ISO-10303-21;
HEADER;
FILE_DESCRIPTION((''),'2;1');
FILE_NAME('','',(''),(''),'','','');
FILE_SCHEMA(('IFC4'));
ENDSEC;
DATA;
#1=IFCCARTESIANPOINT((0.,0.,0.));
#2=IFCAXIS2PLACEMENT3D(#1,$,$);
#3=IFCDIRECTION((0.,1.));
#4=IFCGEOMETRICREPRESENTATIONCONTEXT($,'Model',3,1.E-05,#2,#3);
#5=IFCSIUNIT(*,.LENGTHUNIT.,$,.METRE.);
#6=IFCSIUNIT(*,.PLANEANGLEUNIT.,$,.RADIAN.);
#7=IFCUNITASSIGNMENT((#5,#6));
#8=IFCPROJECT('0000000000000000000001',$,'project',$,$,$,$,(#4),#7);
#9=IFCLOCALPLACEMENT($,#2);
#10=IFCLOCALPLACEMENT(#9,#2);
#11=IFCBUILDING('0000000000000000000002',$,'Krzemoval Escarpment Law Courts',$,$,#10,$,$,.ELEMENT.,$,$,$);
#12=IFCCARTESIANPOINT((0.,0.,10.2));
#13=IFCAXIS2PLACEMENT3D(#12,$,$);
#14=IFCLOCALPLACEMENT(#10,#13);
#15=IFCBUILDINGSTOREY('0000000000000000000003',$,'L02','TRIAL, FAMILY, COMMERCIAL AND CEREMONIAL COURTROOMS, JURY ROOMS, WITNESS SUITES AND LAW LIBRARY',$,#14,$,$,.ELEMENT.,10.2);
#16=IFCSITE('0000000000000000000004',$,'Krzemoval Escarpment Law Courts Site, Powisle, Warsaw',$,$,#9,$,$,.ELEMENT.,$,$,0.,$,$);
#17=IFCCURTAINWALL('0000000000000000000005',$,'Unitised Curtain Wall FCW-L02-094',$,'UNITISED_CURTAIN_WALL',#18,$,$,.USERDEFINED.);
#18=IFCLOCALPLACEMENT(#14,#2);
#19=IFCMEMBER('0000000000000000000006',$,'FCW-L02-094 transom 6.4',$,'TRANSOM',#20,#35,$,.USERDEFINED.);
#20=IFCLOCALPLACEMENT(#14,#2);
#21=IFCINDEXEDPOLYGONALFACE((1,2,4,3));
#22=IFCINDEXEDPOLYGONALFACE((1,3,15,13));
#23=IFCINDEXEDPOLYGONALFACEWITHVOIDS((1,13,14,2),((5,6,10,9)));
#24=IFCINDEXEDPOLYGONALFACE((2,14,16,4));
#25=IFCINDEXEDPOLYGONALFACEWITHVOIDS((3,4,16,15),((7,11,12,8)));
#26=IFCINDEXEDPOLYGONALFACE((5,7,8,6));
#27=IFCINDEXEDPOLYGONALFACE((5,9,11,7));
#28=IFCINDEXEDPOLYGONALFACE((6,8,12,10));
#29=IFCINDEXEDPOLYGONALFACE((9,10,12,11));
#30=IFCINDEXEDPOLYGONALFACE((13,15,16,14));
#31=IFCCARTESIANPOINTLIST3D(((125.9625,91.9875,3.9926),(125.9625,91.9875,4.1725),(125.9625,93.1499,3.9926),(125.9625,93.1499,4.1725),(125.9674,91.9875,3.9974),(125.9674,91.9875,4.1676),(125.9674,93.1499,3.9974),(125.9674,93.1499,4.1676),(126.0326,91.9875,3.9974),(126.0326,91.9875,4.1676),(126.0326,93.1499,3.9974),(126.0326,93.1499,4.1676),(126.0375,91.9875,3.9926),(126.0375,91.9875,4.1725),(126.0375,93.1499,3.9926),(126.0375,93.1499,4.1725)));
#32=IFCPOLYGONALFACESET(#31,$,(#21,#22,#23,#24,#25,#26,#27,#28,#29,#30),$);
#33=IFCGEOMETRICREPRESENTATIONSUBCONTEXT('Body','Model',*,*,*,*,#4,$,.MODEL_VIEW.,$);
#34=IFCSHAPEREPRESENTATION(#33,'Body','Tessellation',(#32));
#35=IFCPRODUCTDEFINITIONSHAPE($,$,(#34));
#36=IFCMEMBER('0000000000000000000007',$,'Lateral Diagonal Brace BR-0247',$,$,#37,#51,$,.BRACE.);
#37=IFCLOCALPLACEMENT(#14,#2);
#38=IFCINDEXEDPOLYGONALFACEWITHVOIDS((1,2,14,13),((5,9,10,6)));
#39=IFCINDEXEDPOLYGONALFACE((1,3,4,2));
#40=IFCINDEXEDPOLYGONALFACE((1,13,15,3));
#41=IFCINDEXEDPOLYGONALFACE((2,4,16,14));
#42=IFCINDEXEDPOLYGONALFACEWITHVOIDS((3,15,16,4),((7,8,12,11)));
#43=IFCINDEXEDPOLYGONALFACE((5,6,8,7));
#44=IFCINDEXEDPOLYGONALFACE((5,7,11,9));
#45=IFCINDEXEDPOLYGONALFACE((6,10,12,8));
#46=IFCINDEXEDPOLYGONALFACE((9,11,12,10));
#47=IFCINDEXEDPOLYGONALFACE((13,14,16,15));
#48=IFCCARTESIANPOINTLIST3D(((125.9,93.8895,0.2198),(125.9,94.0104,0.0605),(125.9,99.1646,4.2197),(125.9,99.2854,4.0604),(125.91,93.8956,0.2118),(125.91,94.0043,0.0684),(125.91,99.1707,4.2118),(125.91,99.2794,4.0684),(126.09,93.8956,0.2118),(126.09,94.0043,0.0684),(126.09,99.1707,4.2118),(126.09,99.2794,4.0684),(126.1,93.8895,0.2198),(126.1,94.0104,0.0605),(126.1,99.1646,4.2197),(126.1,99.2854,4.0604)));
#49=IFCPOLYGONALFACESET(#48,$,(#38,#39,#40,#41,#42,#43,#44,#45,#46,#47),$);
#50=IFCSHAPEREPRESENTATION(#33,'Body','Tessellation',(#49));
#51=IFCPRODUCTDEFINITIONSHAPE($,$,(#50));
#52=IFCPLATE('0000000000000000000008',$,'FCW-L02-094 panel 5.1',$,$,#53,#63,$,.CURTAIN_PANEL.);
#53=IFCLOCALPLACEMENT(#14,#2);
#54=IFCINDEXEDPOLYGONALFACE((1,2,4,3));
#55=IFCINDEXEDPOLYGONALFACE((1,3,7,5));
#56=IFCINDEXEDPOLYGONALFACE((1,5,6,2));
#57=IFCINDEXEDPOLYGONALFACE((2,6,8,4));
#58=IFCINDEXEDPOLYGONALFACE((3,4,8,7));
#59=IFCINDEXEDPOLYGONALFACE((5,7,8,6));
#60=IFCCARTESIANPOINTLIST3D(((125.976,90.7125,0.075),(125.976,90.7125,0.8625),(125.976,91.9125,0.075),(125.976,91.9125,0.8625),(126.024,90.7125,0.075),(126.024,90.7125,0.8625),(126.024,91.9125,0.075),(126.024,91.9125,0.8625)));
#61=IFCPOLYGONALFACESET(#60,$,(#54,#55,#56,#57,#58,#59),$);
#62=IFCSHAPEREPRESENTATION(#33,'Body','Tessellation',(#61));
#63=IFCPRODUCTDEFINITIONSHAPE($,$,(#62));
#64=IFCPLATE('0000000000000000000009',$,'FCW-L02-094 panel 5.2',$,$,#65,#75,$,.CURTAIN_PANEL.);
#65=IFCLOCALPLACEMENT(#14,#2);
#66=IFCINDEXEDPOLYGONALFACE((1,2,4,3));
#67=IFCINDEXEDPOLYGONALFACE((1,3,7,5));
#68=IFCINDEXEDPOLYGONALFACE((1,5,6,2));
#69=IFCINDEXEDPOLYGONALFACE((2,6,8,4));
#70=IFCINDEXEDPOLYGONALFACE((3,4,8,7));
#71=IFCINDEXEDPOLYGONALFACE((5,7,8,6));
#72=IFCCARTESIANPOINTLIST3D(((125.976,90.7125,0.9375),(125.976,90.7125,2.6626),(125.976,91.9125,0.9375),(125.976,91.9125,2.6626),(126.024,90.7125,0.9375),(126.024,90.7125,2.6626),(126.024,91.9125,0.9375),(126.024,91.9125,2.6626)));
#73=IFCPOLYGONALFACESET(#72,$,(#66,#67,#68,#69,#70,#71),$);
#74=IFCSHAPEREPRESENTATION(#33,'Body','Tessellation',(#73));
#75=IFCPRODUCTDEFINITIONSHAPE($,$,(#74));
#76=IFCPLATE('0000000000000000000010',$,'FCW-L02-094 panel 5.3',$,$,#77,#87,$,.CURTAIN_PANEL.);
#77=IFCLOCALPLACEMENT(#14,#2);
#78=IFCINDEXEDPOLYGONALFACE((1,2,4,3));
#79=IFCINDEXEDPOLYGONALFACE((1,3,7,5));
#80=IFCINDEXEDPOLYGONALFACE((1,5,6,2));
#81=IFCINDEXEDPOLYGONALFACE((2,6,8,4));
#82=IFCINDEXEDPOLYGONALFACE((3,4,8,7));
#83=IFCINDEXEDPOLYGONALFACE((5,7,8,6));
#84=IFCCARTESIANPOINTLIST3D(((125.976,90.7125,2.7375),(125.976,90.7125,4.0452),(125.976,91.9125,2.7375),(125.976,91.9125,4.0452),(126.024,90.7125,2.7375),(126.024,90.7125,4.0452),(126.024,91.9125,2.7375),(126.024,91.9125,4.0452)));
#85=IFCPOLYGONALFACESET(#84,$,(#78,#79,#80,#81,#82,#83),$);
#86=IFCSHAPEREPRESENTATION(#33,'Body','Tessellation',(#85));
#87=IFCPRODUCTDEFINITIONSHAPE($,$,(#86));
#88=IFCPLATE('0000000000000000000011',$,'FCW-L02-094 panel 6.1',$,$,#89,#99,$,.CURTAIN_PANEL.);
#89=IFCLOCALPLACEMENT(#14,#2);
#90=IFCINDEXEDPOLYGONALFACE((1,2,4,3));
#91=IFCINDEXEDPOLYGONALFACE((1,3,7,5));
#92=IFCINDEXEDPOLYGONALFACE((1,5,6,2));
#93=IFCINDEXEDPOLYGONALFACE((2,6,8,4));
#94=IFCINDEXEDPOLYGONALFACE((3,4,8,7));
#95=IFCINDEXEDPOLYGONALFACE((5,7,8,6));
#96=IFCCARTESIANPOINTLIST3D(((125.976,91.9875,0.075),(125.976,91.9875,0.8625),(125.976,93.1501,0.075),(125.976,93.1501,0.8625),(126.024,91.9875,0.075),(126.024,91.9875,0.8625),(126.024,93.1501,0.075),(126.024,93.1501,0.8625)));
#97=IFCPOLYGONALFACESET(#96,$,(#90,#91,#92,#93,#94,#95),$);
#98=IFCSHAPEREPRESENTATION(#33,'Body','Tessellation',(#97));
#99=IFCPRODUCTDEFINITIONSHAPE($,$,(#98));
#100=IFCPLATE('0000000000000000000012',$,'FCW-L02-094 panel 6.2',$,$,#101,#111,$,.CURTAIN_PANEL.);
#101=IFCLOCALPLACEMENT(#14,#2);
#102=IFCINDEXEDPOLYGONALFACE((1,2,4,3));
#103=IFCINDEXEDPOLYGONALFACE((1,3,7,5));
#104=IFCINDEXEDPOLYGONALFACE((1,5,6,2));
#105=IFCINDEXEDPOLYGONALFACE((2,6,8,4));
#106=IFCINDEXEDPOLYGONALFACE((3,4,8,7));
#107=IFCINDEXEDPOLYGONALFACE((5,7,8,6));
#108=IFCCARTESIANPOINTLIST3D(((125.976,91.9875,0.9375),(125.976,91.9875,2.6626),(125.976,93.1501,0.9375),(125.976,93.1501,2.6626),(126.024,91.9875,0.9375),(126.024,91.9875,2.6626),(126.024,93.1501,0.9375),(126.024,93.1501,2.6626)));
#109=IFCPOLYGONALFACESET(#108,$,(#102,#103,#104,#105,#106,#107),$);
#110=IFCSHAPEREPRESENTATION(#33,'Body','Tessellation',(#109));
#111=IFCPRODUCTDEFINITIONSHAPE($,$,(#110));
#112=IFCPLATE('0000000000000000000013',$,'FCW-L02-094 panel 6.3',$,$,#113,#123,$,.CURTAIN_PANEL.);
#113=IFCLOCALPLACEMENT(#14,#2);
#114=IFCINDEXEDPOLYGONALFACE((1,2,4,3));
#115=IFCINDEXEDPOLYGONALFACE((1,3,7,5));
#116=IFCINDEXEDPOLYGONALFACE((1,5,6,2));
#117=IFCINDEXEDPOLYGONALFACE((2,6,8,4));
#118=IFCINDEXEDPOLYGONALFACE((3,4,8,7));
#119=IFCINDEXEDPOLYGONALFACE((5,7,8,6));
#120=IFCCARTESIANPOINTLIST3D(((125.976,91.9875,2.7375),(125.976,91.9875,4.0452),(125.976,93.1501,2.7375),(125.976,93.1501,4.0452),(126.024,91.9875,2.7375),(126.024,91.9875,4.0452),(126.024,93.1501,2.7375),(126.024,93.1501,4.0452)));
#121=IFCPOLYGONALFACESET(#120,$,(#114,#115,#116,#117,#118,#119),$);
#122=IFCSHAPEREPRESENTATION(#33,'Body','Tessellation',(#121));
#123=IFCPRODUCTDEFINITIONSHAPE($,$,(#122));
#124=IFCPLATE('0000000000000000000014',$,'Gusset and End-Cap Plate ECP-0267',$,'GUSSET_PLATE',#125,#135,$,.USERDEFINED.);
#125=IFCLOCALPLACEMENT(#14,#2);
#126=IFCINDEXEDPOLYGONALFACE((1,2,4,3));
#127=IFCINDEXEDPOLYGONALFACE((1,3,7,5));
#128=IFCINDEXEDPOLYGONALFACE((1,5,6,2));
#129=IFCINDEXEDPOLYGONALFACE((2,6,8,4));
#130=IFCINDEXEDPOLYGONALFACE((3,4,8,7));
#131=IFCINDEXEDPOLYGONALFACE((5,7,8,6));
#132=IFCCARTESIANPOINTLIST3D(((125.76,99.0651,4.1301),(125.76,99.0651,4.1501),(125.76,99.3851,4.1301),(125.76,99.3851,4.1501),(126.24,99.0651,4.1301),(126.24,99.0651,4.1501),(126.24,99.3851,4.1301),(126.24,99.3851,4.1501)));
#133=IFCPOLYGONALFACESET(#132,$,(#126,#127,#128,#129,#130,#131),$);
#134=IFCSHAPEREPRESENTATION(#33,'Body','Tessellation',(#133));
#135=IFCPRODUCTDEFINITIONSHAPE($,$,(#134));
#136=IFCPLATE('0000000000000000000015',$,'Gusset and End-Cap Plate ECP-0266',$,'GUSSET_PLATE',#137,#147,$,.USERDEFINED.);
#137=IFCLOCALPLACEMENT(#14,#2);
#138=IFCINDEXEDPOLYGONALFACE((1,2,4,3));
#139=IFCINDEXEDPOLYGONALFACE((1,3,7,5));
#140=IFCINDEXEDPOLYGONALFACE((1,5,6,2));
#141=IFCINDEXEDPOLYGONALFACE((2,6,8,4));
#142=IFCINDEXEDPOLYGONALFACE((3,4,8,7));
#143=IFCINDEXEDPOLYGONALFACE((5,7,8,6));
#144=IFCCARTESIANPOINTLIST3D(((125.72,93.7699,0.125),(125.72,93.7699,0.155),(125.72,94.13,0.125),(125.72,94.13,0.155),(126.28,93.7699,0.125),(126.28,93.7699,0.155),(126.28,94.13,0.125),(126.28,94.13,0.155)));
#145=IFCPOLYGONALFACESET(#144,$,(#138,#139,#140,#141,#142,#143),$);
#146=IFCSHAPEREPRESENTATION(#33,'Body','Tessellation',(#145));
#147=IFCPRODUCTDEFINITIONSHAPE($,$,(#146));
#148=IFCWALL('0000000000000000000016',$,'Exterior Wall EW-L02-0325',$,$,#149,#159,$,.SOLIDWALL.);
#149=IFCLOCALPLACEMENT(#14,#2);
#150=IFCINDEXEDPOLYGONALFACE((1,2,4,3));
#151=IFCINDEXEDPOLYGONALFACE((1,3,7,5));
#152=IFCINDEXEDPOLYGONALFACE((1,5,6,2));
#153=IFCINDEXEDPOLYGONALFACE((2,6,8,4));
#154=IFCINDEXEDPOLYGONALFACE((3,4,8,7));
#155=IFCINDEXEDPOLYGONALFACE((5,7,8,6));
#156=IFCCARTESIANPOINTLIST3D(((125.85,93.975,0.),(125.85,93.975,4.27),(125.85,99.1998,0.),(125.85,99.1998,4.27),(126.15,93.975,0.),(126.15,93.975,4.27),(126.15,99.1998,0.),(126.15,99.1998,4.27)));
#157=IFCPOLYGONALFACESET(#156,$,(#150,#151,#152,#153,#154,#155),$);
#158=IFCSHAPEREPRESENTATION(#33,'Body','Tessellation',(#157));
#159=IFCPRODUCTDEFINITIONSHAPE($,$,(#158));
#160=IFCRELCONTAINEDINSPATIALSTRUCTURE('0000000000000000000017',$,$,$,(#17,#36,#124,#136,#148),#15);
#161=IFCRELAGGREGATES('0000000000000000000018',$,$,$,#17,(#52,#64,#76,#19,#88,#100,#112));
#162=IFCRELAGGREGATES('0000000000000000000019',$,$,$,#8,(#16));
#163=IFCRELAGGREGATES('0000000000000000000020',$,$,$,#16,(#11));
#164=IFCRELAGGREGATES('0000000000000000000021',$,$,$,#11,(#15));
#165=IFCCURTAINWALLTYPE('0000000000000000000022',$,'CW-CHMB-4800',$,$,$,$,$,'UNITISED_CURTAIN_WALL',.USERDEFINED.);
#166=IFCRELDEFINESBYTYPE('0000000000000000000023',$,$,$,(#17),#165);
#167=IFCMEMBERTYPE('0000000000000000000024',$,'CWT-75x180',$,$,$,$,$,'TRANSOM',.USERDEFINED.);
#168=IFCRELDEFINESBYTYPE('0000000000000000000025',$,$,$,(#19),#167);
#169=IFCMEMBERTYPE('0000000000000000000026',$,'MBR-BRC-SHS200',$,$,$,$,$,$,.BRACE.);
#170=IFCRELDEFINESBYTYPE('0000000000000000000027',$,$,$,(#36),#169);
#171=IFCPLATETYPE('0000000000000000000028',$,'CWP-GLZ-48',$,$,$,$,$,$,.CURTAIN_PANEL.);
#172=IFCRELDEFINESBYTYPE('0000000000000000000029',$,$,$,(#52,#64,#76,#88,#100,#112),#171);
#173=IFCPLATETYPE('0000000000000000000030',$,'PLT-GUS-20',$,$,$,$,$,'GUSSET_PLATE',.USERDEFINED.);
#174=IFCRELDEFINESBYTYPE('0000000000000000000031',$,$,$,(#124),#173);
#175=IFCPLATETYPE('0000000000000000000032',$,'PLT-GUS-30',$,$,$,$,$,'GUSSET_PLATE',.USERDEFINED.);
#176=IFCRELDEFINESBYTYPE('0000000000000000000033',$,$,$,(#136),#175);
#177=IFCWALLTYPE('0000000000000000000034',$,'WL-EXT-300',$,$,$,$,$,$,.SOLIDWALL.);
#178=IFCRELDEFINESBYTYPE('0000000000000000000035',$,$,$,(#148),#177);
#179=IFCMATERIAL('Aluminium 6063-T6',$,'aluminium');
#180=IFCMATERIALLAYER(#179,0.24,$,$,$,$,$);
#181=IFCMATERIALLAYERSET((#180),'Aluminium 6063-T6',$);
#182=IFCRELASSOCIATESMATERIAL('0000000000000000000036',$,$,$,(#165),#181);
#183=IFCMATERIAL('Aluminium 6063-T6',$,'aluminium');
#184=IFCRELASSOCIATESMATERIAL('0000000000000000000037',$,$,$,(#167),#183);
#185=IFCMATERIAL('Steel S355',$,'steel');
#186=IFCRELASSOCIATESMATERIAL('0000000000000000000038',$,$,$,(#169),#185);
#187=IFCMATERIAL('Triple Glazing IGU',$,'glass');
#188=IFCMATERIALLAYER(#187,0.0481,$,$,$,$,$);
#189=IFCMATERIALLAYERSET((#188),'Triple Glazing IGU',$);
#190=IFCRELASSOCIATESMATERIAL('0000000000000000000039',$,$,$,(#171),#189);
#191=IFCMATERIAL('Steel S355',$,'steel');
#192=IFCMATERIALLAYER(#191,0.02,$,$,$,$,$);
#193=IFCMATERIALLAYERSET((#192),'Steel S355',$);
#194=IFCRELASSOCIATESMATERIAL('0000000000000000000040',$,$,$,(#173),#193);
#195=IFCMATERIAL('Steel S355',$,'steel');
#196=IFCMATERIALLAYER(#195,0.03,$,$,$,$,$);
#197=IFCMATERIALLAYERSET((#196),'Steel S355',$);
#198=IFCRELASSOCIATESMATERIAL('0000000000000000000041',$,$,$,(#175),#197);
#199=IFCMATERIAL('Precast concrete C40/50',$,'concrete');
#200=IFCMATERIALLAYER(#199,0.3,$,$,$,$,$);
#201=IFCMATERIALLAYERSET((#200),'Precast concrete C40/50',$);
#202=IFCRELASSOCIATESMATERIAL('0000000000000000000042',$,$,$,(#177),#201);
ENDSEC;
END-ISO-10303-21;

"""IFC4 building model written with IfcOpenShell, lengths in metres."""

from ifc_helpers import new_model, si_unit, direction, frame, frame_2d, origin, origin_2d, place, context, subcontext, project, spatial, rectangle, hollow_rectangle, extrude, material, layer, layer_set, material_profile, profile_set, type_object, element, aggregate, save


model = new_model("IFC4")

# Units and contexts
model_context = context("Model", 3, precision=1e-05, world=origin(), true_north=direction((0.0, 1.0)))
body_context = subcontext(model_context, "Body", "Model", "MODEL_VIEW")
ifc_project = project(units=[si_unit("LENGTHUNIT", "METRE"), si_unit("PLANEANGLEUNIT", "RADIAN")], contexts=[model_context])

# Site, building, storey
site_placement = place(None, origin())
site = spatial("IfcSite", under=ifc_project, at=site_placement, Name="Krzemoval Escarpment Law Courts Site, Powisle, Warsaw", CompositionType="ELEMENT", RefElevation=0.0)
building_placement = place(site_placement, origin())
building = spatial("IfcBuilding", under=site, at=building_placement, Name="Krzemoval Escarpment Law Courts", CompositionType="ELEMENT")
storey_placement = place(building_placement, frame((0.0, 0.0, 10.2)))
storey = spatial("IfcBuildingStorey", under=building, at=storey_placement, Name="L02", Description="TRIAL, FAMILY, COMMERCIAL AND CEREMONIAL COURTROOMS, JURY ROOMS, WITNESS SUITES AND LAW LIBRARY", CompositionType="ELEMENT", Elevation=10.2)

# Curtain wall, member
ifc_material_1 = material(Name="Aluminium 6063-T6", Category="aluminium")
ifc_layer_1 = layer(ifc_material_1, 0.24)
ifc_layer_set_1 = layer_set([ifc_layer_1], Name="Aluminium 6063-T6")
curtain_wall_type = type_object("IfcCurtainWallType", Name="CW-CHMB-4800", ElementType="UNITISED_CURTAIN_WALL", PredefinedType="USERDEFINED", material=ifc_layer_set_1)
curtain_wall_placement = place(storey_placement, origin())
curtain_wall = element("IfcCurtainWall", 1, at=curtain_wall_placement, inside=storey, type_object=curtain_wall_type, Name="Unitised Curtain Wall FCW-L02-094", ObjectType="UNITISED_CURTAIN_WALL", PredefinedType="USERDEFINED")
ifc_material_2 = material(Name="Aluminium 6063-T6", Category="aluminium")
ifc_material_profile_1 = material_profile(ifc_material_2, hollow_rectangle(XDim=0.075, YDim=0.1799, WallThickness=0.0049, at=origin_2d()), Name="ALU T75x180")
ifc_profile_set_1 = profile_set([ifc_material_profile_1], Name="Aluminium 6063-T6")
member_type_1 = type_object("IfcMemberType", Name="CWT-75x180", ElementType="TRANSOM", PredefinedType="USERDEFINED", material=ifc_profile_set_1)
member_1_placement = place(storey_placement, frame((126.0, 91.9875, 4.0825), z_axis=(0.0, 1.0, 0.0), x_axis=(-1.0, 0.0, 0.0)))
member_1 = element("IfcMember", 2, at=member_1_placement, type_object=member_type_1, Name="FCW-L02-094 transom 6.4", ObjectType="TRANSOM", PredefinedType="USERDEFINED", context=body_context, shape_type="SweptSolid", body=[
    extrude(hollow_rectangle(XDim=0.075, YDim=0.1799, WallThickness=0.0049, at=origin_2d()), origin(), (0.0, 0.0, 1.0), 1.1624),
])

# Member
ifc_material_3 = material(Name="Steel S355", Category="steel")
ifc_material_profile_2 = material_profile(ifc_material_3, hollow_rectangle(XDim=0.2, YDim=0.2, WallThickness=0.01, at=origin_2d()), Name="SHS 200x200x10")
ifc_profile_set_2 = profile_set([ifc_material_profile_2], Name="Steel S355")
member_type_2 = type_object("IfcMemberType", Name="MBR-BRC-SHS200", PredefinedType="BRACE", material=ifc_profile_set_2)
member_2_placement = place(storey_placement, frame((126.0, 93.95, 0.1401), z_axis=(0.0, 0.796825, 0.604211), x_axis=(-1.0, 0.0, 0.0)))
element("IfcMember", 3, at=member_2_placement, inside=storey, type_object=member_type_2, Name="Lateral Diagonal Brace BR-0247", PredefinedType="BRACE", context=body_context, shape_type="SweptSolid", body=[
    extrude(hollow_rectangle(XDim=0.2, YDim=0.2, WallThickness=0.01, at=origin_2d()), origin(), (0.0, 0.0, 1.0), 6.6201),
])

# Plates
ifc_material_4 = material(Name="Triple Glazing IGU", Category="glass")
ifc_layer_2 = layer(ifc_material_4, 0.0481)
ifc_layer_set_2 = layer_set([ifc_layer_2], Name="Triple Glazing IGU")
plate_type_1 = type_object("IfcPlateType", Name="CWP-GLZ-48", PredefinedType="CURTAIN_PANEL", material=ifc_layer_set_2)
plate_1_placement = place(storey_placement, frame((126.0, 91.3125, 0.075), z_axis=(0.0, 0.0, 1.0), x_axis=(0.0, 1.0, 0.0)))
plate_1 = element("IfcPlate", 4, at=plate_1_placement, type_object=plate_type_1, Name="FCW-L02-094 panel 5.1", PredefinedType="CURTAIN_PANEL", context=body_context, shape_type="SweptSolid", body=[
    extrude(rectangle(XDim=1.2, YDim=0.0481, at=origin_2d()), origin(), (0.0, 0.0, 1.0), 0.7876),
])
plate_2_placement = place(storey_placement, frame((126.0, 91.3125, 0.9375), z_axis=(0.0, 0.0, 1.0), x_axis=(0.0, 1.0, 0.0)))
plate_2 = element("IfcPlate", 5, at=plate_2_placement, type_object=plate_type_1, Name="FCW-L02-094 panel 5.2", PredefinedType="CURTAIN_PANEL", context=body_context, shape_type="SweptSolid", body=[
    extrude(rectangle(XDim=1.2, YDim=0.0481, at=origin_2d()), origin(), (0.0, 0.0, 1.0), 1.7251),
])
plate_3_placement = place(storey_placement, frame((126.0, 91.3125, 2.7375), z_axis=(0.0, 0.0, 1.0), x_axis=(0.0, 1.0, 0.0)))
plate_3 = element("IfcPlate", 6, at=plate_3_placement, type_object=plate_type_1, Name="FCW-L02-094 panel 5.3", PredefinedType="CURTAIN_PANEL", context=body_context, shape_type="SweptSolid", body=[
    extrude(rectangle(XDim=1.2, YDim=0.0481, at=origin_2d()), origin(), (0.0, 0.0, 1.0), 1.3076),
])
plate_4_placement = place(storey_placement, frame((126.0, 92.5688, 0.075), z_axis=(0.0, 0.0, 1.0), x_axis=(0.0, 1.0, 0.0)))
plate_4 = element("IfcPlate", 7, at=plate_4_placement, type_object=plate_type_1, Name="FCW-L02-094 panel 6.1", PredefinedType="CURTAIN_PANEL", context=body_context, shape_type="SweptSolid", body=[
    extrude(rectangle(XDim=1.1626, YDim=0.0481, at=origin_2d()), origin(), (0.0, 0.0, 1.0), 0.7876),
])
plate_5_placement = place(storey_placement, frame((126.0, 92.5688, 0.9375), z_axis=(0.0, 0.0, 1.0), x_axis=(0.0, 1.0, 0.0)))
plate_5 = element("IfcPlate", 8, at=plate_5_placement, type_object=plate_type_1, Name="FCW-L02-094 panel 6.2", PredefinedType="CURTAIN_PANEL", context=body_context, shape_type="SweptSolid", body=[
    extrude(rectangle(XDim=1.1626, YDim=0.0481, at=origin_2d()), origin(), (0.0, 0.0, 1.0), 1.7251),
])
plate_6_placement = place(storey_placement, frame((126.0, 92.5688, 2.7375), z_axis=(0.0, 0.0, 1.0), x_axis=(0.0, 1.0, 0.0)))
plate_6 = element("IfcPlate", 9, at=plate_6_placement, type_object=plate_type_1, Name="FCW-L02-094 panel 6.3", PredefinedType="CURTAIN_PANEL", context=body_context, shape_type="SweptSolid", body=[
    extrude(rectangle(XDim=1.1626, YDim=0.0481, at=origin_2d()), origin(), (0.0, 0.0, 1.0), 1.3076),
])
aggregate(curtain_wall, [plate_1, plate_2, plate_3, member_1, plate_4, plate_5, plate_6])

# Plates
ifc_material_5 = material(Name="Steel S355", Category="steel")
ifc_layer_3 = layer(ifc_material_5, 0.02)
ifc_layer_set_3 = layer_set([ifc_layer_3], Name="Steel S355")
plate_type_2 = type_object("IfcPlateType", Name="PLT-GUS-20", ElementType="GUSSET_PLATE", PredefinedType="USERDEFINED", material=ifc_layer_set_3)
plate_7_placement = place(storey_placement, frame((126.0, 99.2251, 4.1301), z_axis=(0.0, 0.0, 1.0), x_axis=(1.0, 0.0, 0.0)))
element("IfcPlate", 10, at=plate_7_placement, inside=storey, type_object=plate_type_2, Name="Gusset and End-Cap Plate ECP-0267", ObjectType="GUSSET_PLATE", PredefinedType="USERDEFINED", context=body_context, shape_type="SweptSolid", body=[
    extrude(rectangle(XDim=0.48, YDim=0.3201, at=origin_2d()), origin(), (0.0, 0.0, 1.0), 0.02),
])
ifc_material_6 = material(Name="Steel S355", Category="steel")
ifc_layer_4 = layer(ifc_material_6, 0.03)
ifc_layer_set_4 = layer_set([ifc_layer_4], Name="Steel S355")
plate_type_3 = type_object("IfcPlateType", Name="PLT-GUS-30", ElementType="GUSSET_PLATE", PredefinedType="USERDEFINED", material=ifc_layer_set_4)
plate_8_placement = place(storey_placement, frame((126.0, 93.95, 0.125), z_axis=(0.0, 0.0, 1.0), x_axis=(1.0, 0.0, 0.0)))
element("IfcPlate", 11, at=plate_8_placement, inside=storey, type_object=plate_type_3, Name="Gusset and End-Cap Plate ECP-0266", ObjectType="GUSSET_PLATE", PredefinedType="USERDEFINED", context=body_context, shape_type="SweptSolid", body=[
    extrude(rectangle(XDim=0.5601, YDim=0.3601, at=origin_2d()), origin(), (0.0, 0.0, 1.0), 0.03),
])

# Wall
ifc_material_7 = material(Name="Precast concrete C40/50", Category="concrete")
ifc_layer_5 = layer(ifc_material_7, 0.3)
ifc_layer_set_5 = layer_set([ifc_layer_5], Name="Precast concrete C40/50")
wall_type = type_object("IfcWallType", Name="WL-EXT-300", PredefinedType="SOLIDWALL", material=ifc_layer_set_5)
wall_placement = place(storey_placement, frame((126.0, 93.9751, 0.0), z_axis=(0.0, 0.0, 1.0), x_axis=(0.0, 1.0, 0.0)))
element("IfcWall", 12, at=wall_placement, inside=storey, type_object=wall_type, Name="Exterior Wall EW-L02-0325", PredefinedType="SOLIDWALL", context=body_context, shape_type="SweptSolid", body=[
    extrude(rectangle(XDim=5.2249, YDim=0.3, at=frame_2d((2.6123, 0.0))), origin(), (0.0, 0.0, 1.0), 4.27),
])

save(model, "model.ifc")
